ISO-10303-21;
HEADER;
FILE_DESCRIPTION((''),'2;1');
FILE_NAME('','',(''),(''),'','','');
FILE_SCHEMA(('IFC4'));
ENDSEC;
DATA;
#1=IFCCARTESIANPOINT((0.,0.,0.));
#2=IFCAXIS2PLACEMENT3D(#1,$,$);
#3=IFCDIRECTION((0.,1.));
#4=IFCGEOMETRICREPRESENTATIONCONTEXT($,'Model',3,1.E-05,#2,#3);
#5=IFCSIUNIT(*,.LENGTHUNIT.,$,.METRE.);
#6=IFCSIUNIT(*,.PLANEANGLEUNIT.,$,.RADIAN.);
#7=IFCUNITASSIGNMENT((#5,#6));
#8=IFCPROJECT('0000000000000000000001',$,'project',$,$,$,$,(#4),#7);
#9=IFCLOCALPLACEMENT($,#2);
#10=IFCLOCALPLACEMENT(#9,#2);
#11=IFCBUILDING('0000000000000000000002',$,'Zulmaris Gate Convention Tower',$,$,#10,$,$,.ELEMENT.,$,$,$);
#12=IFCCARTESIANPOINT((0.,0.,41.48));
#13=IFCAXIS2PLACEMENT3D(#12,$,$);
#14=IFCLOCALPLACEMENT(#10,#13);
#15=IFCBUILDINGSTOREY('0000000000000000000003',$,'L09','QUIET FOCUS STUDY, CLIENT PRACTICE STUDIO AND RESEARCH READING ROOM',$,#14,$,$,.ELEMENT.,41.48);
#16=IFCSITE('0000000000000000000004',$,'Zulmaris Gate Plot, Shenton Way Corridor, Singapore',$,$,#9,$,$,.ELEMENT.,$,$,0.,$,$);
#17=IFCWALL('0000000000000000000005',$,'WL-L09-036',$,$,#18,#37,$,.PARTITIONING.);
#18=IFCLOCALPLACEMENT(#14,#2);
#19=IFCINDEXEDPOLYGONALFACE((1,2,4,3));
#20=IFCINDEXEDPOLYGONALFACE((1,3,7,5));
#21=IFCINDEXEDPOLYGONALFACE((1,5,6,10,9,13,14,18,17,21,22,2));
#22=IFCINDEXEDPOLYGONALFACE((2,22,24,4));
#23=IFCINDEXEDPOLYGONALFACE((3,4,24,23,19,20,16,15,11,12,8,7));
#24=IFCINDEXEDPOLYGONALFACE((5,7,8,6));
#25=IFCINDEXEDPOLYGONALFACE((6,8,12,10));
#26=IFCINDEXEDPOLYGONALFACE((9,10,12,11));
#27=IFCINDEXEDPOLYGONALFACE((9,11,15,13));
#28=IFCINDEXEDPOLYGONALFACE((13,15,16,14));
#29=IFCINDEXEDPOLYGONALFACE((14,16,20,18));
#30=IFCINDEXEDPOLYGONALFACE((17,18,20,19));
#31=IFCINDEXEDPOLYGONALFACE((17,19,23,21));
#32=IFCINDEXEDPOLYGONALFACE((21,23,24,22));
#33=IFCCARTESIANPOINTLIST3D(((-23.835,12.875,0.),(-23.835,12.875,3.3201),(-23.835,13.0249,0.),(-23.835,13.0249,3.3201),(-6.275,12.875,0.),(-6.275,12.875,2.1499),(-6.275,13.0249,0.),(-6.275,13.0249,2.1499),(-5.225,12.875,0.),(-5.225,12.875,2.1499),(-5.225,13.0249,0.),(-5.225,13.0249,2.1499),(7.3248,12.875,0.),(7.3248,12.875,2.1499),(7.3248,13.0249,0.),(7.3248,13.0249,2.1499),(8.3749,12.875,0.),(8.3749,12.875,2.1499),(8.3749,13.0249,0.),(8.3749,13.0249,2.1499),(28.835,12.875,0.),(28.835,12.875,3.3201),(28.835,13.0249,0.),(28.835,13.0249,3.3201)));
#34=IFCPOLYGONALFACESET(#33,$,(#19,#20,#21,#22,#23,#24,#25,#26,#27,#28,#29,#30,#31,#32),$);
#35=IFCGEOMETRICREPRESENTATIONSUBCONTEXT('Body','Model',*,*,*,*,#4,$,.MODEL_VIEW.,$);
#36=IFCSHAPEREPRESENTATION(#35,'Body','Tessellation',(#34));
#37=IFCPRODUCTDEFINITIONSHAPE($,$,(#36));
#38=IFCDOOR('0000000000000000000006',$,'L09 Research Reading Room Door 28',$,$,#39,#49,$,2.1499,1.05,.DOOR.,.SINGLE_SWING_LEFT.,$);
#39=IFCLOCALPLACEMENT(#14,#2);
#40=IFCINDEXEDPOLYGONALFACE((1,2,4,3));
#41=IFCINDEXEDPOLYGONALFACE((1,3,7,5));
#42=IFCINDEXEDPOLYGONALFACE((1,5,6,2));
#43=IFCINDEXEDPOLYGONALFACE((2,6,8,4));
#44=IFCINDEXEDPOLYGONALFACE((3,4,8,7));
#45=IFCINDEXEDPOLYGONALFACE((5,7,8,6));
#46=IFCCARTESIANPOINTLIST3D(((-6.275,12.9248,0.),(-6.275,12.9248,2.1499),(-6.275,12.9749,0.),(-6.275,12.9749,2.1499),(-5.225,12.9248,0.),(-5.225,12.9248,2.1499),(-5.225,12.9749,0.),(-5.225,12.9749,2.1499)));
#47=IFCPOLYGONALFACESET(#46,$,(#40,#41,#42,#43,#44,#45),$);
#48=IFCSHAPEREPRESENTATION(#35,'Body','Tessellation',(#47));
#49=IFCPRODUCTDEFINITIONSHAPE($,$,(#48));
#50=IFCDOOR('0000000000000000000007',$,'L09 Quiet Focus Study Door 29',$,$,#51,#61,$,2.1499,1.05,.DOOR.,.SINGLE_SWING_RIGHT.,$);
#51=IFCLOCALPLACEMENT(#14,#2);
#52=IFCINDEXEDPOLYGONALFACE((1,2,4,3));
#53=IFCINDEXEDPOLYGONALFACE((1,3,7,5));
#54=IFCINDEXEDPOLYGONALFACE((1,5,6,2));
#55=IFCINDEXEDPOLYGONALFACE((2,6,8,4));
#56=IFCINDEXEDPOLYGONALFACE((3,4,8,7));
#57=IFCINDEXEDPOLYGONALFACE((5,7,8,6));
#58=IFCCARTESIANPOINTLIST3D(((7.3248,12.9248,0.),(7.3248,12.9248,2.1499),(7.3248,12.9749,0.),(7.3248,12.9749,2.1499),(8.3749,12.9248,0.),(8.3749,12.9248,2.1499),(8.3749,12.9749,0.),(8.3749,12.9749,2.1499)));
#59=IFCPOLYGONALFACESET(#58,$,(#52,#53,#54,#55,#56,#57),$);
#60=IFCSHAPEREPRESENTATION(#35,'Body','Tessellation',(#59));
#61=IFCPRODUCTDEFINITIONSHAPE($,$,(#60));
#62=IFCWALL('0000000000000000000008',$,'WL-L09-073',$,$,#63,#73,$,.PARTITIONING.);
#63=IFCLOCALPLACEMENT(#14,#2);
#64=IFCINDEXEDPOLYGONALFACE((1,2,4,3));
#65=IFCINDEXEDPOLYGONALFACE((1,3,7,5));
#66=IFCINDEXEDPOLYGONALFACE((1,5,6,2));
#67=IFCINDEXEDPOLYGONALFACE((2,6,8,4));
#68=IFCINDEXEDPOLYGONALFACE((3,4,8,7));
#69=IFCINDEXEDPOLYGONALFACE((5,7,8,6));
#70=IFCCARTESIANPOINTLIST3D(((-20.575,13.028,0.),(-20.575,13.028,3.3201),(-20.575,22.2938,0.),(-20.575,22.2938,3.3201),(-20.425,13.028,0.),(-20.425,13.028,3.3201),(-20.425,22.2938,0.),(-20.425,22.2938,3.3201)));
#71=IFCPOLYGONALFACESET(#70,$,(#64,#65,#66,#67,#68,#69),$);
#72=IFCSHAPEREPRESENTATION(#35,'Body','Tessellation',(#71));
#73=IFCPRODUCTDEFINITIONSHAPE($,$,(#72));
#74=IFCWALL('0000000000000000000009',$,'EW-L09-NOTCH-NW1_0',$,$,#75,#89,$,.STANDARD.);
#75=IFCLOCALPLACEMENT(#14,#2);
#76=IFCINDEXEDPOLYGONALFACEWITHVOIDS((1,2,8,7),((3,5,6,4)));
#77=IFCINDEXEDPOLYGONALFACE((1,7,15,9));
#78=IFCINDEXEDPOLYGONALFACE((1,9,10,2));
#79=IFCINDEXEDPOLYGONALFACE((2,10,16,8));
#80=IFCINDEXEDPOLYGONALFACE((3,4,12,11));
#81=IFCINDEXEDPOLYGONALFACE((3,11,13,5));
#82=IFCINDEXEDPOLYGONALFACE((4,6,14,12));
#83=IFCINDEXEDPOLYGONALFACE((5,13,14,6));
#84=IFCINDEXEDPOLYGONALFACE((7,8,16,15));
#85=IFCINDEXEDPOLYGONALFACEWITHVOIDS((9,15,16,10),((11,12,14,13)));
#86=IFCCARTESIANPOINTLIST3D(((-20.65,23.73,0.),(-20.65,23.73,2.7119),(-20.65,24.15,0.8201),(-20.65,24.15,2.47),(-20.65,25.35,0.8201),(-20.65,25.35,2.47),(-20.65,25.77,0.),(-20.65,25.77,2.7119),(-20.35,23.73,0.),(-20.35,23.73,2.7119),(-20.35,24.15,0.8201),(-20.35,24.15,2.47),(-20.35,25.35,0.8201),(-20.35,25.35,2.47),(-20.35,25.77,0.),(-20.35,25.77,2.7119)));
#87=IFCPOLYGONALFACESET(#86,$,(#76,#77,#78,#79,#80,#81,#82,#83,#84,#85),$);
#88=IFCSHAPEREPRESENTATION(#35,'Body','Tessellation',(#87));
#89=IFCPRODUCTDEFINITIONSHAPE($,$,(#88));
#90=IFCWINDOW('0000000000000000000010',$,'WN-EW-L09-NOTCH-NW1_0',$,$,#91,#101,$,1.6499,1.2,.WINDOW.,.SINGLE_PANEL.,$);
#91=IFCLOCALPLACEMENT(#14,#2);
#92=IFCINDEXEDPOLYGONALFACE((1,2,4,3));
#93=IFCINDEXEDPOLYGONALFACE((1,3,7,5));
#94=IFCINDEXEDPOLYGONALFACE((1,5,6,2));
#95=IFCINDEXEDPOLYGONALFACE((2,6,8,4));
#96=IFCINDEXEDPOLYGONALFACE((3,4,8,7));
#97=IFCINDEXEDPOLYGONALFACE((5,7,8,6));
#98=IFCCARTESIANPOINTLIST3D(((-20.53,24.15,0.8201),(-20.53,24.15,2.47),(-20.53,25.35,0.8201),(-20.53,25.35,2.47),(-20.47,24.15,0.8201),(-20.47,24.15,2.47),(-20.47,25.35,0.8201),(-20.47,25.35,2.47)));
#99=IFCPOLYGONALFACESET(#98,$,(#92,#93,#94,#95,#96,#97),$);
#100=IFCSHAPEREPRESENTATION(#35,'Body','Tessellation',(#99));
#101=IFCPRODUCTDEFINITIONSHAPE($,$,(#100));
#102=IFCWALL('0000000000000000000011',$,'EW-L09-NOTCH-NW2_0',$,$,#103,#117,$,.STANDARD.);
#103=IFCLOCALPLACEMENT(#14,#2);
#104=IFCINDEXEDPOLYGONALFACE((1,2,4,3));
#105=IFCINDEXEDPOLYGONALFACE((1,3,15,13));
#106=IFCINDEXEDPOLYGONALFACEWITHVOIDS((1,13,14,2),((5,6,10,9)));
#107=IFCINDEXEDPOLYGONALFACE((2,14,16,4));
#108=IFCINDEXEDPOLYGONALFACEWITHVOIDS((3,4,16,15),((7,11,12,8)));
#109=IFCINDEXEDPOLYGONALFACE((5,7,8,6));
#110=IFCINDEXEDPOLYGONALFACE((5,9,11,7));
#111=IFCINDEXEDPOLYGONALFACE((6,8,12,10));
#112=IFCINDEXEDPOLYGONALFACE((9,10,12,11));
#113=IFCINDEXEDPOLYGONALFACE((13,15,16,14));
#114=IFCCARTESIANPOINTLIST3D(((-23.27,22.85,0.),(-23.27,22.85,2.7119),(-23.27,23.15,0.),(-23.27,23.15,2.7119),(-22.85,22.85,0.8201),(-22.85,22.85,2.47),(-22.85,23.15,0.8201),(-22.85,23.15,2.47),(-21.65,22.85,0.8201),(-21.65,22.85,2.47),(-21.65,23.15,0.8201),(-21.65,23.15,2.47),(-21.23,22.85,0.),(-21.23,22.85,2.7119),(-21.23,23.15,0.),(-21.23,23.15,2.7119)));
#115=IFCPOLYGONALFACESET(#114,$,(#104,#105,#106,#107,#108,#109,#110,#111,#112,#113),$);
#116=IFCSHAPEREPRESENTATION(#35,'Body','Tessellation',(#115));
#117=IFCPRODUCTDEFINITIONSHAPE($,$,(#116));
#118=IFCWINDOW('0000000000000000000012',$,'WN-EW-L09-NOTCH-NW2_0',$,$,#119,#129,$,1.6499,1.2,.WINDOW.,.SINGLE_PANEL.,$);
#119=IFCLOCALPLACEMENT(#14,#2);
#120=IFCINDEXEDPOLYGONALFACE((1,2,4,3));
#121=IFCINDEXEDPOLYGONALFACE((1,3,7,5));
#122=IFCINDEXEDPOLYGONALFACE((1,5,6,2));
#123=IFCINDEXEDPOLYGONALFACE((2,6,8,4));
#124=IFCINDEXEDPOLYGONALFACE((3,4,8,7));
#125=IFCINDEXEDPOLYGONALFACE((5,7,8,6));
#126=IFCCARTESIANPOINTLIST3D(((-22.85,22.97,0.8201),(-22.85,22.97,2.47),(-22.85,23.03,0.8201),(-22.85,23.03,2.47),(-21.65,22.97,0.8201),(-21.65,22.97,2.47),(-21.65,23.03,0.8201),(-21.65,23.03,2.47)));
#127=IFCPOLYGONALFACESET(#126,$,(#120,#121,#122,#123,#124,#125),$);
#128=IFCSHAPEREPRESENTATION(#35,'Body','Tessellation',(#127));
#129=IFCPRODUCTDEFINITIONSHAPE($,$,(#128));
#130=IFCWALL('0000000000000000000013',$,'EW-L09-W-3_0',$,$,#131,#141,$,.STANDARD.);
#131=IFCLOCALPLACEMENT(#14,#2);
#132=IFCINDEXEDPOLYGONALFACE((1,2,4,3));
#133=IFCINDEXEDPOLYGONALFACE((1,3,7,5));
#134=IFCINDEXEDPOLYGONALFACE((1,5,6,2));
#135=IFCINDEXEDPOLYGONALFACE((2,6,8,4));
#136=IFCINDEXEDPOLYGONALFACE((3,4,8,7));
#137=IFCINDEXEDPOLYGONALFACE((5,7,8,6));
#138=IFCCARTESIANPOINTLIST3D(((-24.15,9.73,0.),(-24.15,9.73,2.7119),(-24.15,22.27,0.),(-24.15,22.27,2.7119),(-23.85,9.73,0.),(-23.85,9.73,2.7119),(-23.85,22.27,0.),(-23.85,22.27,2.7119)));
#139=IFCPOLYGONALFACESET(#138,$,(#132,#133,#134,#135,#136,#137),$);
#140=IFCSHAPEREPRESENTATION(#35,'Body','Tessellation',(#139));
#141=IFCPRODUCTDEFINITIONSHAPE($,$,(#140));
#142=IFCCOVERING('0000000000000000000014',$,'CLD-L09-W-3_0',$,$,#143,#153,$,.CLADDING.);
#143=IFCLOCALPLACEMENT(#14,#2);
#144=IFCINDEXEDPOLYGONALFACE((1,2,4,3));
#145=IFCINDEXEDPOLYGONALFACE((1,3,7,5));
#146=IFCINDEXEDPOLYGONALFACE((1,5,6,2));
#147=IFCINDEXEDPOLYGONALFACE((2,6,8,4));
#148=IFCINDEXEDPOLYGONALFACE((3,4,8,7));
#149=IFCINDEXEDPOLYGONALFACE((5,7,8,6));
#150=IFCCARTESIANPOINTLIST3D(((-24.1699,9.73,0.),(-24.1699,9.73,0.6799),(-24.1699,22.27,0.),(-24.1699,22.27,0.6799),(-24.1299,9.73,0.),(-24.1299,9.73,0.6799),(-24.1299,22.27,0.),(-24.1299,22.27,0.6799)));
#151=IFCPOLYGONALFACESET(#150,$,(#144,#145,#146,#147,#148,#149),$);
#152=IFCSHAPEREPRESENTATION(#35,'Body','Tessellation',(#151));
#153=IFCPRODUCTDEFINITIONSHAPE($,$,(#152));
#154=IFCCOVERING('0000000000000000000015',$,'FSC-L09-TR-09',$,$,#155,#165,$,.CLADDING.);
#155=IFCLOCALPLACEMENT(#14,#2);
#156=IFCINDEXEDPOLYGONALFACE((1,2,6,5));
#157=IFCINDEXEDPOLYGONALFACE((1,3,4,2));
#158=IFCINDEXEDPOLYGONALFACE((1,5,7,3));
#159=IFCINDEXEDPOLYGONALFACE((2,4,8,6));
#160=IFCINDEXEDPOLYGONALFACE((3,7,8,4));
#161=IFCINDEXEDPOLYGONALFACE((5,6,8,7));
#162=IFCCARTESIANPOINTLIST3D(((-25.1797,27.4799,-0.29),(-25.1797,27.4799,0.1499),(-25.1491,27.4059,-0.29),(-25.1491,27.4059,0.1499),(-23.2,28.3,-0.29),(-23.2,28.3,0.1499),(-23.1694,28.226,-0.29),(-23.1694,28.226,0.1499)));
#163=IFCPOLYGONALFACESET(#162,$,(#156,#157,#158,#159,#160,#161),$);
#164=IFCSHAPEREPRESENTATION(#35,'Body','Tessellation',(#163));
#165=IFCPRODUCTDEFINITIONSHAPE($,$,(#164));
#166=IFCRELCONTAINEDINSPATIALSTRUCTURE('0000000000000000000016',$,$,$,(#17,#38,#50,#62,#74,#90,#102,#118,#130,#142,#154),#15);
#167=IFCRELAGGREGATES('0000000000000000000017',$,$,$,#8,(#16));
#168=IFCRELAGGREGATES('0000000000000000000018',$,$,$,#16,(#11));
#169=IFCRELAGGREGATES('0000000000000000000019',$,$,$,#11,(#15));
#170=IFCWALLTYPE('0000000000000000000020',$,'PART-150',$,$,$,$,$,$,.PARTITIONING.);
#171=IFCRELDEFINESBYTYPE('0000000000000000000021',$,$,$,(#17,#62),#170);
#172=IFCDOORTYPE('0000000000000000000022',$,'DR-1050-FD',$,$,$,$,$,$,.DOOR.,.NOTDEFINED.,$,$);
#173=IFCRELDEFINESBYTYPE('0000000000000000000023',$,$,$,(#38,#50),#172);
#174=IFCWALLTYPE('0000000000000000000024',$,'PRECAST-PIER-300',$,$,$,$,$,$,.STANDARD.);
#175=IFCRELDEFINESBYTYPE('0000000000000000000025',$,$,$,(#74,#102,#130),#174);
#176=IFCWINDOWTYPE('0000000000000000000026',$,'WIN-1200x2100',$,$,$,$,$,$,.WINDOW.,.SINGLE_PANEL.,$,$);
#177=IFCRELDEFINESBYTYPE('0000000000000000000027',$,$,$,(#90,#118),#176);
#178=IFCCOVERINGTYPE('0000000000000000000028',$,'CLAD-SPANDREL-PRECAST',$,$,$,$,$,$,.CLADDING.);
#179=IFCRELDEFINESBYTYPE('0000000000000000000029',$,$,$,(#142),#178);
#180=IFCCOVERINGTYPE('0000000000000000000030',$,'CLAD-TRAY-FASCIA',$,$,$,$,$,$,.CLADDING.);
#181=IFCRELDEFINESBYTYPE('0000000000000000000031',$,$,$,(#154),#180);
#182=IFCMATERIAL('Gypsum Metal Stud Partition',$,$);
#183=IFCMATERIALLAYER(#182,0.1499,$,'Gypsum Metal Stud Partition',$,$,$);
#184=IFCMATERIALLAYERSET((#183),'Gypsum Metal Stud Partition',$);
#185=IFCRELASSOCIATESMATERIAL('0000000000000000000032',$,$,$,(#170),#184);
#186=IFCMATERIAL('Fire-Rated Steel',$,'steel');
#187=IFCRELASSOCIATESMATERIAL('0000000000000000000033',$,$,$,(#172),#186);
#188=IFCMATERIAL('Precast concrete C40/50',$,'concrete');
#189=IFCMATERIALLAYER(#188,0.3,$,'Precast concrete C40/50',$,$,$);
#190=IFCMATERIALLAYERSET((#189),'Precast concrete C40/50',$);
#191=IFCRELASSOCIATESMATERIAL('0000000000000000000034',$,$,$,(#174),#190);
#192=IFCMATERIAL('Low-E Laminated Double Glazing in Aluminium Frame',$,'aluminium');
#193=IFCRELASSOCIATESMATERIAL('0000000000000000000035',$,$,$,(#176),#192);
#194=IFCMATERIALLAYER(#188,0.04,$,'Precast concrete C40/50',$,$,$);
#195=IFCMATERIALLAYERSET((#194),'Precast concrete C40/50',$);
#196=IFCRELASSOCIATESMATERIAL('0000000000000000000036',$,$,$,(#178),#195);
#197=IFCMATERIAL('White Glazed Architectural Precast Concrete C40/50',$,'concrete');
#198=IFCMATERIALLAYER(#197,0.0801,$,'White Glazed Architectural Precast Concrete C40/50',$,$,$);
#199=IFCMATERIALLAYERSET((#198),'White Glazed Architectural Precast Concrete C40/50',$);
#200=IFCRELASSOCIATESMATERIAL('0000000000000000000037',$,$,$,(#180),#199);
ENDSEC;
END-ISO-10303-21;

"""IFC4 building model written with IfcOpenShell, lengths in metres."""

from ifc_helpers import new_model, si_unit, direction, frame, frame_2d, origin, place, context, subcontext, project, spatial, rectangle, extrude, material, layer, layer_set, type_object, element, fill, save


model = new_model("IFC4")

# Units and contexts
model_context = context("Model", 3, precision=1e-05, world=origin(), true_north=direction((0.0, 1.0)))
body_context = subcontext(model_context, "Body", "Model", "MODEL_VIEW")
ifc_project = project(units=[si_unit("LENGTHUNIT", "METRE"), si_unit("PLANEANGLEUNIT", "RADIAN")], contexts=[model_context])

# Site, building, storey
site_placement = place(None, origin())
site = spatial("IfcSite", under=ifc_project, at=site_placement, Name="Zulmaris Gate Plot, Shenton Way Corridor, Singapore", CompositionType="ELEMENT", RefElevation=0.0)
building_placement = place(site_placement, origin())
building = spatial("IfcBuilding", under=site, at=building_placement, Name="Zulmaris Gate Convention Tower", CompositionType="ELEMENT")
storey_placement = place(building_placement, frame((0.0, 0.0, 41.48)))
storey = spatial("IfcBuildingStorey", under=building, at=storey_placement, Name="L09", Description="QUIET FOCUS STUDY, CLIENT PRACTICE STUDIO AND RESEARCH READING ROOM", CompositionType="ELEMENT", Elevation=41.48)

# Shared definitions
ifc_material_1 = material(Name="Fire-Rated Steel", Category="steel")
ifc_material_2 = material(Name="Gypsum Metal Stud Partition")
ifc_layer_1 = layer(ifc_material_2, 0.1499, Name="Gypsum Metal Stud Partition")
ifc_layer_set_1 = layer_set([ifc_layer_1], Name="Gypsum Metal Stud Partition")
wall_type_1 = type_object("IfcWallType", Name="PART-150", PredefinedType="PARTITIONING", material=ifc_layer_set_1)

# Wall, openings, doors
wall_1_placement = place(storey_placement, frame((-23.835, 12.95, 0.0), z_axis=(0.0, 0.0, 1.0), x_axis=(1.0, 0.0, 0.0)))
wall_1 = element("IfcWall", 1, at=wall_1_placement, inside=storey, type_object=wall_type_1, Name="WL-L09-036", PredefinedType="PARTITIONING", context=body_context, shape_type="SweptSolid", body=[
    extrude(rectangle(XDim=52.6699, YDim=0.1499, at=frame_2d((26.335, 0.0))), origin(), (0.0, 0.0, 1.0), 3.3201),
])
opening_1_placement = place(wall_1_placement, frame((17.5601, 0.0, 0.0)))
opening_1 = element("IfcOpeningElement", 2, at=opening_1_placement, cuts=wall_1, PredefinedType="OPENING", context=body_context, shape_type="SweptSolid", body=[
    extrude(rectangle(XDim=1.05, YDim=2.1499, at=frame_2d((0.5249, 1.075))), frame((0.0, 0.085, 0.0), z_axis=(0.0, -1.0, 0.0), x_axis=(1.0, 0.0, 0.0)), (0.0, 0.0, 1.0), 0.1699),
])
opening_2_placement = place(wall_1_placement, frame((31.1599, 0.0, 0.0)))
opening_2 = element("IfcOpeningElement", 3, at=opening_2_placement, cuts=wall_1, PredefinedType="OPENING", context=body_context, shape_type="SweptSolid", body=[
    extrude(rectangle(XDim=1.05, YDim=2.1499, at=frame_2d((0.5249, 1.075))), frame((0.0, 0.085, 0.0), z_axis=(0.0, -1.0, 0.0), x_axis=(1.0, 0.0, 0.0)), (0.0, 0.0, 1.0), 0.1699),
])
door_type_1 = type_object("IfcDoorType", Name="DR-1050-FD", OperationType="NOTDEFINED", PredefinedType="DOOR", material=ifc_material_1)
door_1_placement = place(opening_1_placement, origin())
door_1 = element("IfcDoor", 4, at=door_1_placement, inside=storey, type_object=door_type_1, Name="L09 Research Reading Room Door 28", OperationType="SINGLE_SWING_LEFT", OverallHeight=2.1499, OverallWidth=1.05, PredefinedType="DOOR", context=body_context, shape_type="SweptSolid", body=[
    extrude(rectangle(XDim=1.05, YDim=2.1499, at=frame_2d((0.5249, 1.075))), frame((0.0, 0.0249, 0.0), z_axis=(0.0, -1.0, 0.0), x_axis=(1.0, 0.0, 0.0)), (0.0, 0.0, 1.0), 0.05),
])
fill(opening_1, door_1)
door_2_placement = place(opening_2_placement, origin())
door_2 = element("IfcDoor", 5, at=door_2_placement, inside=storey, type_object=door_type_1, Name="L09 Quiet Focus Study Door 29", OperationType="SINGLE_SWING_RIGHT", OverallHeight=2.1499, OverallWidth=1.05, PredefinedType="DOOR", context=body_context, shape_type="SweptSolid", body=[
    extrude(rectangle(XDim=1.05, YDim=2.1499, at=frame_2d((0.5249, 1.075))), frame((0.0, 0.0249, 0.0), z_axis=(0.0, -1.0, 0.0), x_axis=(1.0, 0.0, 0.0)), (0.0, 0.0, 1.0), 0.05),
])
fill(opening_2, door_2)

# Wall
wall_2_placement = place(storey_placement, frame((-20.5, 13.0281, 0.0), z_axis=(0.0, 0.0, 1.0), x_axis=(0.0, 1.0, 0.0)))
element("IfcWall", 6, at=wall_2_placement, inside=storey, type_object=wall_type_1, Name="WL-L09-073", PredefinedType="PARTITIONING", context=body_context, shape_type="SweptSolid", body=[
    extrude(rectangle(XDim=9.2659, YDim=0.1499, at=frame_2d((4.6328, 0.0))), origin(), (0.0, 0.0, 1.0), 3.3201),
])

# Walls, openings, windows
ifc_material_3 = material(Name="Precast concrete C40/50", Category="concrete")
ifc_layer_2 = layer(ifc_material_3, 0.3, Name="Precast concrete C40/50")
ifc_layer_set_2 = layer_set([ifc_layer_2], Name="Precast concrete C40/50")
wall_type_2 = type_object("IfcWallType", Name="PRECAST-PIER-300", PredefinedType="STANDARD", material=ifc_layer_set_2)
wall_3_placement = place(storey_placement, frame((-20.5, 25.77, 0.0), z_axis=(0.0, 0.0, 1.0), x_axis=(0.0, -1.0, 0.0)))
wall_3 = element("IfcWall", 7, at=wall_3_placement, inside=storey, type_object=wall_type_2, Name="EW-L09-NOTCH-NW1_0", PredefinedType="STANDARD", context=body_context, shape_type="SweptSolid", body=[
    extrude(rectangle(XDim=2.04, YDim=0.3, at=frame_2d((1.02, 0.0))), origin(), (0.0, 0.0, 1.0), 2.7119),
])
opening_3_placement = place(wall_3_placement, frame((0.4199, 0.0, 0.8201)))
opening_3 = element("IfcOpeningElement", 8, at=opening_3_placement, cuts=wall_3, PredefinedType="OPENING", context=body_context, shape_type="SweptSolid", body=[
    extrude(rectangle(XDim=1.2, YDim=1.6499, at=frame_2d((0.6001, 0.825))), frame((0.0, 0.1602, 0.0), z_axis=(0.0, -1.0, 0.0), x_axis=(1.0, 0.0, 0.0)), (0.0, 0.0, 1.0), 0.3201),
])
ifc_material_4 = material(Name="Low-E Laminated Double Glazing in Aluminium Frame", Category="aluminium")
window_type = type_object("IfcWindowType", Name="WIN-1200x2100", PartitioningType="SINGLE_PANEL", PredefinedType="WINDOW", material=ifc_material_4)
window_1_placement = place(opening_3_placement, origin())
window_1 = element("IfcWindow", 9, at=window_1_placement, inside=storey, type_object=window_type, Name="WN-EW-L09-NOTCH-NW1_0", OverallHeight=1.6499, OverallWidth=1.2, PartitioningType="SINGLE_PANEL", PredefinedType="WINDOW", context=body_context, shape_type="SweptSolid", body=[
    extrude(rectangle(XDim=1.2, YDim=1.6499, at=frame_2d((0.6001, 0.825))), frame((0.0, 0.03, 0.0), z_axis=(0.0, -1.0, 0.0), x_axis=(1.0, 0.0, 0.0)), (0.0, 0.0, 1.0), 0.0601),
])
fill(opening_3, window_1)
wall_4_placement = place(storey_placement, frame((-21.23, 23.0, 0.0), z_axis=(0.0, 0.0, 1.0), x_axis=(-1.0, 0.0, 0.0)))
wall_4 = element("IfcWall", 10, at=wall_4_placement, inside=storey, type_object=wall_type_2, Name="EW-L09-NOTCH-NW2_0", PredefinedType="STANDARD", context=body_context, shape_type="SweptSolid", body=[
    extrude(rectangle(XDim=2.04, YDim=0.3, at=frame_2d((1.02, 0.0))), origin(), (0.0, 0.0, 1.0), 2.7119),
])
opening_4_placement = place(wall_4_placement, frame((0.4199, 0.0, 0.8201)))
opening_4 = element("IfcOpeningElement", 11, at=opening_4_placement, cuts=wall_4, PredefinedType="OPENING", context=body_context, shape_type="SweptSolid", body=[
    extrude(rectangle(XDim=1.2, YDim=1.6499, at=frame_2d((0.6001, 0.825))), frame((0.0, 0.1602, 0.0), z_axis=(0.0, -1.0, 0.0), x_axis=(1.0, 0.0, 0.0)), (0.0, 0.0, 1.0), 0.3201),
])
window_2_placement = place(opening_4_placement, origin())
window_2 = element("IfcWindow", 12, at=window_2_placement, inside=storey, type_object=window_type, Name="WN-EW-L09-NOTCH-NW2_0", OverallHeight=1.6499, OverallWidth=1.2, PartitioningType="SINGLE_PANEL", PredefinedType="WINDOW", context=body_context, shape_type="SweptSolid", body=[
    extrude(rectangle(XDim=1.2, YDim=1.6499, at=frame_2d((0.6001, 0.825))), frame((0.0, 0.03, 0.0), z_axis=(0.0, -1.0, 0.0), x_axis=(1.0, 0.0, 0.0)), (0.0, 0.0, 1.0), 0.0601),
])
fill(opening_4, window_2)

# Wall
wall_5_placement = place(storey_placement, frame((-24.0, 22.27, 0.0), z_axis=(0.0, 0.0, 1.0), x_axis=(0.0, -1.0, 0.0)))
element("IfcWall", 13, at=wall_5_placement, inside=storey, type_object=wall_type_2, Name="EW-L09-W-3_0", PredefinedType="STANDARD", context=body_context, shape_type="SweptSolid", body=[
    extrude(rectangle(XDim=12.54, YDim=0.3, at=frame_2d((6.27, 0.0))), origin(), (0.0, 0.0, 1.0), 2.7119),
])

# Coverings
ifc_layer_3 = layer(ifc_material_3, 0.04, Name="Precast concrete C40/50")
ifc_layer_set_3 = layer_set([ifc_layer_3], Name="Precast concrete C40/50")
covering_type_1 = type_object("IfcCoveringType", Name="CLAD-SPANDREL-PRECAST", PredefinedType="CLADDING", material=ifc_layer_set_3)
covering_1_placement = place(storey_placement, frame((-24.1499, 22.27, 0.0), z_axis=(0.0, 0.0, 1.0), x_axis=(0.0, -1.0, 0.0)))
element("IfcCovering", 14, at=covering_1_placement, inside=storey, type_object=covering_type_1, Name="CLD-L09-W-3_0", PredefinedType="CLADDING", context=body_context, shape_type="SweptSolid", body=[
    extrude(rectangle(XDim=12.54, YDim=0.04, at=frame_2d((6.27, 0.0))), origin(), (0.0, 0.0, 1.0), 0.6799),
])
ifc_material_5 = material(Name="White Glazed Architectural Precast Concrete C40/50", Category="concrete")
ifc_layer_4 = layer(ifc_material_5, 0.0801, Name="White Glazed Architectural Precast Concrete C40/50")
ifc_layer_set_4 = layer_set([ifc_layer_4], Name="White Glazed Architectural Precast Concrete C40/50")
covering_type_2 = type_object("IfcCoveringType", Name="CLAD-TRAY-FASCIA", PredefinedType="CLADDING", material=ifc_layer_set_4)
covering_2_placement = place(storey_placement, frame((-23.1848, 28.2629, -0.29), z_axis=(0.0, 0.0, 1.0), x_axis=(-0.923874, -0.382697, 0.0)))
element("IfcCovering", 15, at=covering_2_placement, inside=storey, type_object=covering_type_2, Name="FSC-L09-TR-09", PredefinedType="CLADDING", context=body_context, shape_type="SweptSolid", body=[
    extrude(rectangle(XDim=2.1428, YDim=0.0801, at=frame_2d((1.0713, 0.0))), origin(), (0.0, 0.0, 1.0), 0.4399),
])

save(model, "model.ifc")
